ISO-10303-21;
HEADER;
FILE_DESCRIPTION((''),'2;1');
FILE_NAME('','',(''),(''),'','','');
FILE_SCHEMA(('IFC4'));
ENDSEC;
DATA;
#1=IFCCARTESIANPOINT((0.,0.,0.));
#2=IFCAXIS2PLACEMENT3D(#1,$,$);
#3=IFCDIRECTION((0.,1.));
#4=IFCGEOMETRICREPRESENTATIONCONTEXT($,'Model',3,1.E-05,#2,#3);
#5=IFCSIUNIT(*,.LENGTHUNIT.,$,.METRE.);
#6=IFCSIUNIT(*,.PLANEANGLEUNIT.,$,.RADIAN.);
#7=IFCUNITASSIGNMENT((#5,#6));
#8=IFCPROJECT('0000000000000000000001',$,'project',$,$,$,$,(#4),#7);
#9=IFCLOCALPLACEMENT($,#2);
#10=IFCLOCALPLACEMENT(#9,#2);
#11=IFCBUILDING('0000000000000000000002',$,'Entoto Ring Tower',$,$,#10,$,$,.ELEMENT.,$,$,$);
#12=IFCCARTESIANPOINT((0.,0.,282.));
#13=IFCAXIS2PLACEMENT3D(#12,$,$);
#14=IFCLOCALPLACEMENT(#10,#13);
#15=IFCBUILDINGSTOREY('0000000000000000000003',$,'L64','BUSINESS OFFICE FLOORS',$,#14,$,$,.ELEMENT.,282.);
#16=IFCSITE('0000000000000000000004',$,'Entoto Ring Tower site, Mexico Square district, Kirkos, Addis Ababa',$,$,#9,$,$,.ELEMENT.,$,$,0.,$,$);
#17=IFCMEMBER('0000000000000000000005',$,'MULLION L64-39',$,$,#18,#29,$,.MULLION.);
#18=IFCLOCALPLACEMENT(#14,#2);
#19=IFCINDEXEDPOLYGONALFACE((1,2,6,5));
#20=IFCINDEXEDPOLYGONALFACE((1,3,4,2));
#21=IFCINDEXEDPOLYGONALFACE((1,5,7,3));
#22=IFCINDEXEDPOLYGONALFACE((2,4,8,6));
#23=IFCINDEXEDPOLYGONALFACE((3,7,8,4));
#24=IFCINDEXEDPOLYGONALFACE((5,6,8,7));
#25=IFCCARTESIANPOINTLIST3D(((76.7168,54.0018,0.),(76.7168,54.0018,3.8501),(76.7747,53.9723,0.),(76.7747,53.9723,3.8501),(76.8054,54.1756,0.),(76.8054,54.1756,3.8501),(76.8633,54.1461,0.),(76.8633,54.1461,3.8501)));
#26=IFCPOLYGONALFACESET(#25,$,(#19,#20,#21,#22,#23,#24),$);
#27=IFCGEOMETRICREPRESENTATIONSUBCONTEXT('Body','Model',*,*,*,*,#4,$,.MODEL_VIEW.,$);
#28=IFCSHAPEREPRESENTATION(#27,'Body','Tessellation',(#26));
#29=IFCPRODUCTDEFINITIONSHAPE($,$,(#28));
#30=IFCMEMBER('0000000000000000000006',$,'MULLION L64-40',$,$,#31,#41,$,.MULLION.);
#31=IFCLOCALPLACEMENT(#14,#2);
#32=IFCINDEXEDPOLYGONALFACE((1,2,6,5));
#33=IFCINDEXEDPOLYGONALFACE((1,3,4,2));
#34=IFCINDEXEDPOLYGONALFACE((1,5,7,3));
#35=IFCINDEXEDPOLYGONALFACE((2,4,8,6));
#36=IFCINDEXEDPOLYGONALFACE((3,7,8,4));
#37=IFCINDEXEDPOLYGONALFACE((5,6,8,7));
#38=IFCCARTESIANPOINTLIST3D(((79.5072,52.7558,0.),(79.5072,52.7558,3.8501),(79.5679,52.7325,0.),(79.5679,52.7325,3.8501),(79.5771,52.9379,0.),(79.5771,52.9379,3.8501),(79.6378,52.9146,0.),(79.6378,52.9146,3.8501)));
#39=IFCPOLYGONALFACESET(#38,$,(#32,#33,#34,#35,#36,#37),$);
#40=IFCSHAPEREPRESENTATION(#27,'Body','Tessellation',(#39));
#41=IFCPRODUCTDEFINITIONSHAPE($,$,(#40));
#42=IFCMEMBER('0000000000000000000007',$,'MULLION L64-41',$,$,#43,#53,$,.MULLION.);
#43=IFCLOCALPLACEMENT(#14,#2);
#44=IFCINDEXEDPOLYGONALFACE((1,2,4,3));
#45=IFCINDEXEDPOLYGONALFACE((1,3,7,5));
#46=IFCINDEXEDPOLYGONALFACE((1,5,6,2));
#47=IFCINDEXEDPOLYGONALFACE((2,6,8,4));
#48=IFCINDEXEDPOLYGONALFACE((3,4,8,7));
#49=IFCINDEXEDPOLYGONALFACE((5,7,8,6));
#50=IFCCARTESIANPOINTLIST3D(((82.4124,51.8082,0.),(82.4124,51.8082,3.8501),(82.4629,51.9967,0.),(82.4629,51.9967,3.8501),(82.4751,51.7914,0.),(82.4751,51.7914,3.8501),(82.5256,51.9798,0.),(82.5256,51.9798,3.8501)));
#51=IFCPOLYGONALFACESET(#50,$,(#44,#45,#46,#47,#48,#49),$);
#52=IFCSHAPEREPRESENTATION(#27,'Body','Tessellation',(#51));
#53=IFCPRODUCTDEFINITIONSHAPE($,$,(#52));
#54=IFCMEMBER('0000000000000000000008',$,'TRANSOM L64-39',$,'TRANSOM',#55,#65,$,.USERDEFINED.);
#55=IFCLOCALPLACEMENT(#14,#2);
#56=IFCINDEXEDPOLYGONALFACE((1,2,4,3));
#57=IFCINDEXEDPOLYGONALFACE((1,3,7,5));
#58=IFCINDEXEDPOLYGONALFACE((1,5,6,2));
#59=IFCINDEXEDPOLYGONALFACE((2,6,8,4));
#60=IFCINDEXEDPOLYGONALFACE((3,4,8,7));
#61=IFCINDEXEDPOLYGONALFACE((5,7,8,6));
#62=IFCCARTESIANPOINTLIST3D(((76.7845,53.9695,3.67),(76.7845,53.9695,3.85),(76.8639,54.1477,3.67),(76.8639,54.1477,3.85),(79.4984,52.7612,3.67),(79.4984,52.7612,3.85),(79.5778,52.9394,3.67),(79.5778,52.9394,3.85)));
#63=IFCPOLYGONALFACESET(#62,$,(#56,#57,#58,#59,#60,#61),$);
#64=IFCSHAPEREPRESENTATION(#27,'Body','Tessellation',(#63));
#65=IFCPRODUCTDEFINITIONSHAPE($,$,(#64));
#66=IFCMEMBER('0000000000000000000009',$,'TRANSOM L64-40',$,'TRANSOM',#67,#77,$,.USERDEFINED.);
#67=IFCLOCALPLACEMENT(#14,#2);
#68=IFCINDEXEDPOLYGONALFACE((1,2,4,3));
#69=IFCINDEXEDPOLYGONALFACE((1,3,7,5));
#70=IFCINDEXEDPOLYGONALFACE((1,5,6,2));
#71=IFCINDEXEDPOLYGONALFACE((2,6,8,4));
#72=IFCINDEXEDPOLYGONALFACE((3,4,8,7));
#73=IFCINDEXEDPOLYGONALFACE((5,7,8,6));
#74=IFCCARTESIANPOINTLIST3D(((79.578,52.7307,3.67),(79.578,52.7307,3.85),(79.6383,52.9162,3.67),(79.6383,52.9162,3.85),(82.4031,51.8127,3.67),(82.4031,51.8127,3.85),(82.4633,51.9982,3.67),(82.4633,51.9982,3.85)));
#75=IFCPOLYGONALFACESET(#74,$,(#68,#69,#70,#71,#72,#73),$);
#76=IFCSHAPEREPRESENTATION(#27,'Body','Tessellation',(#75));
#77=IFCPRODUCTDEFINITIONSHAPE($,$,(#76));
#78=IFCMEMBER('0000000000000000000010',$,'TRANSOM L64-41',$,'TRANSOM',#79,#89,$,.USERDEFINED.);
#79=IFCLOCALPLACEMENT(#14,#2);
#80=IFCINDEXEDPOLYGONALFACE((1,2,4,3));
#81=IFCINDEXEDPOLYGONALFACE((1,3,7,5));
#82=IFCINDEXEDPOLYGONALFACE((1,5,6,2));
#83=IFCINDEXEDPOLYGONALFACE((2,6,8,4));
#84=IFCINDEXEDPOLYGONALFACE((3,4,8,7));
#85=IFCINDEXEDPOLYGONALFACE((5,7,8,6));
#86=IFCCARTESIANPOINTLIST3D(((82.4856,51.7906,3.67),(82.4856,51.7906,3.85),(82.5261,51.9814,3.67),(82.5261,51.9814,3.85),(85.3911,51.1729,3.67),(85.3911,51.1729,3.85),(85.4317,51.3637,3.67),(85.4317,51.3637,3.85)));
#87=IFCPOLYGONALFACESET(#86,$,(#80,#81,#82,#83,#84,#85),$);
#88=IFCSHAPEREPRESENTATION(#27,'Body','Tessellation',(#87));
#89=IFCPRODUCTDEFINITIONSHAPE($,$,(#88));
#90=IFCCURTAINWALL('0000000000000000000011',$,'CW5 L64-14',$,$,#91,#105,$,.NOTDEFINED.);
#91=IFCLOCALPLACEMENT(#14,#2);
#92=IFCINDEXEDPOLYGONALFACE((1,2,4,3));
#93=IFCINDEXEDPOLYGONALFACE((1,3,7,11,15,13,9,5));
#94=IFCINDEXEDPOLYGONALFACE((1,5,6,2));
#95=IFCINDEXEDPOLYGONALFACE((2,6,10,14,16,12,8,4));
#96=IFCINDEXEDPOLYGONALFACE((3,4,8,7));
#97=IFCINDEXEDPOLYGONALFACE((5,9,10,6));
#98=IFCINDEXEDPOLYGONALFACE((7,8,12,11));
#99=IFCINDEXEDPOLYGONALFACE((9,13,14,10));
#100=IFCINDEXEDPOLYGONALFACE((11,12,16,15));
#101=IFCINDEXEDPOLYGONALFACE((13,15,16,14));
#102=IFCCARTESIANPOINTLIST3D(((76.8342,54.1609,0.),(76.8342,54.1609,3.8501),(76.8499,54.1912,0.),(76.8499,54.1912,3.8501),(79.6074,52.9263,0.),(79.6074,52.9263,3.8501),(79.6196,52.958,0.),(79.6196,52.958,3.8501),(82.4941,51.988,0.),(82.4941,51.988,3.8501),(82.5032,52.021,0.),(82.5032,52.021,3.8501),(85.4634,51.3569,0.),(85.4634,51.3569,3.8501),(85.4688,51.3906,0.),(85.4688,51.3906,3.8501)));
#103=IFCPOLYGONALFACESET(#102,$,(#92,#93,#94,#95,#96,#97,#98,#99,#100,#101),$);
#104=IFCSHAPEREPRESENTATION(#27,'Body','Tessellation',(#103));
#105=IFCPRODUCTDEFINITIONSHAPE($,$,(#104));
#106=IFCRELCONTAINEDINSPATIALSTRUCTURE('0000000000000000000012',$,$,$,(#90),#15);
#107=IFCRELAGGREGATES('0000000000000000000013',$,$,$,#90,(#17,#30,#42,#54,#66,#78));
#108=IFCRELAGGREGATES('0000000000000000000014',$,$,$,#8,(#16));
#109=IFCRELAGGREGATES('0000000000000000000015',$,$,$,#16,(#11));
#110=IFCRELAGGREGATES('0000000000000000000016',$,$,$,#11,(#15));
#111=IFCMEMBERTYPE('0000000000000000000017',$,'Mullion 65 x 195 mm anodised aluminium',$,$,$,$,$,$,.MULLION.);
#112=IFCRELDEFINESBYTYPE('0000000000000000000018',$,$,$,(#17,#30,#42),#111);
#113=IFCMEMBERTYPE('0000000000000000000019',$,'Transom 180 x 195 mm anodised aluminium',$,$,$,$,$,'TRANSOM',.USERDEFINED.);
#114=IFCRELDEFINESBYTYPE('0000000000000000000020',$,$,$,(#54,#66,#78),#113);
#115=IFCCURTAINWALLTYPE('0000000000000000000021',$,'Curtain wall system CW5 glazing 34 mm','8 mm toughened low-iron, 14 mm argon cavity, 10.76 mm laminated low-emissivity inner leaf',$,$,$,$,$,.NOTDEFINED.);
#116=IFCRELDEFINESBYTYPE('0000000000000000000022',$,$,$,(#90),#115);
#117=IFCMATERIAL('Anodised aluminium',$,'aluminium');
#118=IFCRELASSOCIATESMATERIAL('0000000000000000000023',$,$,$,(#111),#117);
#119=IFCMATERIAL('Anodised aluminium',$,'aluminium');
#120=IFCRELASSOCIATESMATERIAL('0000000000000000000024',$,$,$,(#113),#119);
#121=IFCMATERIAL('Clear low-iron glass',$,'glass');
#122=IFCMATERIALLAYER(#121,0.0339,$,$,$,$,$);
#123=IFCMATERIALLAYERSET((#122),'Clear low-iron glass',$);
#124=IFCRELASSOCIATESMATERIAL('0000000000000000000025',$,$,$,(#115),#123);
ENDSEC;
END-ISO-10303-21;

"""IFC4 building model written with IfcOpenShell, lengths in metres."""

from ifc_helpers import new_model, si_unit, direction, frame, origin, origin_2d, place, context, subcontext, project, spatial, polyline, rectangle, outline, extrude, material, layer, layer_set, material_profile, profile_set, type_object, element, aggregate, save


model = new_model("IFC4")

# Units and contexts
model_context = context("Model", 3, precision=1e-05, world=origin(), true_north=direction((0.0, 1.0)))
body_context = subcontext(model_context, "Body", "Model", "MODEL_VIEW")
ifc_project = project(units=[si_unit("LENGTHUNIT", "METRE"), si_unit("PLANEANGLEUNIT", "RADIAN")], contexts=[model_context])

# Members
ifc_material_1 = material(Name="Anodised aluminium", Category="aluminium")
ifc_material_profile_1 = material_profile(ifc_material_1, rectangle(XDim=0.0649, YDim=0.1951, at=origin_2d()), Name="Mullion 65 x 195 mm anodised aluminium")
ifc_profile_set_1 = profile_set([ifc_material_profile_1], Name="Anodised aluminium")
member_type_1 = type_object("IfcMemberType", Name="Mullion 65 x 195 mm anodised aluminium", PredefinedType="MULLION", material=ifc_profile_set_1)
site_placement = place(None, origin())
building_placement = place(site_placement, origin())
storey_placement = place(building_placement, frame((0.0, 0.0, 282.0)))
member_1_placement = place(storey_placement, frame((76.79, 54.074, 0.0), z_axis=(0.0, 0.0, 1.0), x_axis=(0.891007, -0.45399, 0.0)))
member_1 = element("IfcMember", 1, at=member_1_placement, type_object=member_type_1, Name="MULLION L64-39", PredefinedType="MULLION", context=body_context, shape_type="SweptSolid", body=[
    extrude(rectangle(XDim=0.0649, YDim=0.1951, at=origin_2d()), origin(), (0.0, 0.0, 1.0), 3.8501),
])
member_2_placement = place(storey_placement, frame((79.5725, 52.8352, 0.0), z_axis=(0.0, 0.0, 1.0), x_axis=(0.93358, -0.358368, 0.0)))
member_2 = element("IfcMember", 2, at=member_2_placement, type_object=member_type_1, Name="MULLION L64-40", PredefinedType="MULLION", context=body_context, shape_type="SweptSolid", body=[
    extrude(rectangle(XDim=0.0649, YDim=0.1951, at=origin_2d()), origin(), (0.0, 0.0, 1.0), 3.8501),
])
member_3_placement = place(storey_placement, frame((82.469, 51.894, 0.0), z_axis=(0.0, 0.0, 1.0), x_axis=(0.965926, -0.258819, 0.0)))
member_3 = element("IfcMember", 3, at=member_3_placement, type_object=member_type_1, Name="MULLION L64-41", PredefinedType="MULLION", context=body_context, shape_type="SweptSolid", body=[
    extrude(rectangle(XDim=0.0649, YDim=0.1951, at=origin_2d()), origin(), (0.0, 0.0, 1.0), 3.8501),
])
ifc_material_2 = material(Name="Anodised aluminium", Category="aluminium")
ifc_material_profile_2 = material_profile(ifc_material_2, rectangle(XDim=0.1951, YDim=0.1799, at=origin_2d()), Name="Transom 180 x 195 mm anodised aluminium")
ifc_profile_set_2 = profile_set([ifc_material_profile_2], Name="Anodised aluminium")
member_type_2 = type_object("IfcMemberType", Name="Transom 180 x 195 mm anodised aluminium", ElementType="TRANSOM", PredefinedType="USERDEFINED", material=ifc_profile_set_2)
member_4_placement = place(storey_placement, frame((76.8242, 54.0586, 3.76), z_axis=(0.91355, -0.406726, 0.0), x_axis=(0.406726, 0.91355, 0.0)))
member_4 = element("IfcMember", 4, at=member_4_placement, type_object=member_type_2, Name="TRANSOM L64-39", ObjectType="TRANSOM", PredefinedType="USERDEFINED", context=body_context, shape_type="SweptSolid", body=[
    extrude(rectangle(XDim=0.1951, YDim=0.1799, at=origin_2d()), origin(), (0.0, 0.0, 1.0), 2.9707),
])
member_5_placement = place(storey_placement, frame((79.6082, 52.8235, 3.76), z_axis=(0.951048, -0.309043, 0.0), x_axis=(0.309043, 0.951048, 0.0)))
member_5 = element("IfcMember", 5, at=member_5_placement, type_object=member_type_2, Name="TRANSOM L64-40", ObjectType="TRANSOM", PredefinedType="USERDEFINED", context=body_context, shape_type="SweptSolid", body=[
    extrude(rectangle(XDim=0.1951, YDim=0.1799, at=origin_2d()), origin(), (0.0, 0.0, 1.0), 2.9705),
])
member_6_placement = place(storey_placement, frame((82.5059, 51.886, 3.76), z_axis=(0.978142, -0.20794, 0.0), x_axis=(0.20794, 0.978142, 0.0)))
member_6 = element("IfcMember", 6, at=member_6_placement, type_object=member_type_2, Name="TRANSOM L64-41", ObjectType="TRANSOM", PredefinedType="USERDEFINED", context=body_context, shape_type="SweptSolid", body=[
    extrude(rectangle(XDim=0.1951, YDim=0.1799, at=origin_2d()), origin(), (0.0, 0.0, 1.0), 2.9705),
])

# Site, building, storey
site = spatial("IfcSite", under=ifc_project, at=site_placement, Name="Entoto Ring Tower site, Mexico Square district, Kirkos, Addis Ababa", CompositionType="ELEMENT", RefElevation=0.0)
building = spatial("IfcBuilding", under=site, at=building_placement, Name="Entoto Ring Tower", CompositionType="ELEMENT")
storey = spatial("IfcBuildingStorey", under=building, at=storey_placement, Name="L64", Description="BUSINESS OFFICE FLOORS", CompositionType="ELEMENT", Elevation=282.0)

# Curtain wall
ifc_material_3 = material(Name="Clear low-iron glass", Category="glass")
ifc_layer = layer(ifc_material_3, 0.0339)
ifc_layer_set = layer_set([ifc_layer], Name="Clear low-iron glass")
curtain_wall_type = type_object("IfcCurtainWallType", Name="Curtain wall system CW5 glazing 34 mm", Description="8 mm toughened low-iron, 14 mm argon cavity, 10.76 mm laminated low-emissivity inner leaf", PredefinedType="NOTDEFINED", material=ifc_layer_set)
curtain_wall_1_placement = place(storey_placement, origin())
curtain_wall_1 = element("IfcCurtainWall", 7, at=curtain_wall_1_placement, inside=storey, type_object=curtain_wall_type, Name="CW5 L64-14", PredefinedType="NOTDEFINED", context=body_context, shape_type="SweptSolid", body=[
    extrude(outline(polyline([(76.8342, 54.1609), (79.6074, 52.9263), (82.4941, 51.988), (85.4634, 51.3569), (85.4688, 51.3906), (82.5032, 52.021), (79.6196, 52.958), (76.8499, 54.1912), (76.8342, 54.1609)])), origin(), (0.0, 0.0, 1.0), 3.8501),
])
aggregate(curtain_wall_1, [member_1, member_2, member_3, member_4, member_5, member_6])

save(model, "model.ifc")
